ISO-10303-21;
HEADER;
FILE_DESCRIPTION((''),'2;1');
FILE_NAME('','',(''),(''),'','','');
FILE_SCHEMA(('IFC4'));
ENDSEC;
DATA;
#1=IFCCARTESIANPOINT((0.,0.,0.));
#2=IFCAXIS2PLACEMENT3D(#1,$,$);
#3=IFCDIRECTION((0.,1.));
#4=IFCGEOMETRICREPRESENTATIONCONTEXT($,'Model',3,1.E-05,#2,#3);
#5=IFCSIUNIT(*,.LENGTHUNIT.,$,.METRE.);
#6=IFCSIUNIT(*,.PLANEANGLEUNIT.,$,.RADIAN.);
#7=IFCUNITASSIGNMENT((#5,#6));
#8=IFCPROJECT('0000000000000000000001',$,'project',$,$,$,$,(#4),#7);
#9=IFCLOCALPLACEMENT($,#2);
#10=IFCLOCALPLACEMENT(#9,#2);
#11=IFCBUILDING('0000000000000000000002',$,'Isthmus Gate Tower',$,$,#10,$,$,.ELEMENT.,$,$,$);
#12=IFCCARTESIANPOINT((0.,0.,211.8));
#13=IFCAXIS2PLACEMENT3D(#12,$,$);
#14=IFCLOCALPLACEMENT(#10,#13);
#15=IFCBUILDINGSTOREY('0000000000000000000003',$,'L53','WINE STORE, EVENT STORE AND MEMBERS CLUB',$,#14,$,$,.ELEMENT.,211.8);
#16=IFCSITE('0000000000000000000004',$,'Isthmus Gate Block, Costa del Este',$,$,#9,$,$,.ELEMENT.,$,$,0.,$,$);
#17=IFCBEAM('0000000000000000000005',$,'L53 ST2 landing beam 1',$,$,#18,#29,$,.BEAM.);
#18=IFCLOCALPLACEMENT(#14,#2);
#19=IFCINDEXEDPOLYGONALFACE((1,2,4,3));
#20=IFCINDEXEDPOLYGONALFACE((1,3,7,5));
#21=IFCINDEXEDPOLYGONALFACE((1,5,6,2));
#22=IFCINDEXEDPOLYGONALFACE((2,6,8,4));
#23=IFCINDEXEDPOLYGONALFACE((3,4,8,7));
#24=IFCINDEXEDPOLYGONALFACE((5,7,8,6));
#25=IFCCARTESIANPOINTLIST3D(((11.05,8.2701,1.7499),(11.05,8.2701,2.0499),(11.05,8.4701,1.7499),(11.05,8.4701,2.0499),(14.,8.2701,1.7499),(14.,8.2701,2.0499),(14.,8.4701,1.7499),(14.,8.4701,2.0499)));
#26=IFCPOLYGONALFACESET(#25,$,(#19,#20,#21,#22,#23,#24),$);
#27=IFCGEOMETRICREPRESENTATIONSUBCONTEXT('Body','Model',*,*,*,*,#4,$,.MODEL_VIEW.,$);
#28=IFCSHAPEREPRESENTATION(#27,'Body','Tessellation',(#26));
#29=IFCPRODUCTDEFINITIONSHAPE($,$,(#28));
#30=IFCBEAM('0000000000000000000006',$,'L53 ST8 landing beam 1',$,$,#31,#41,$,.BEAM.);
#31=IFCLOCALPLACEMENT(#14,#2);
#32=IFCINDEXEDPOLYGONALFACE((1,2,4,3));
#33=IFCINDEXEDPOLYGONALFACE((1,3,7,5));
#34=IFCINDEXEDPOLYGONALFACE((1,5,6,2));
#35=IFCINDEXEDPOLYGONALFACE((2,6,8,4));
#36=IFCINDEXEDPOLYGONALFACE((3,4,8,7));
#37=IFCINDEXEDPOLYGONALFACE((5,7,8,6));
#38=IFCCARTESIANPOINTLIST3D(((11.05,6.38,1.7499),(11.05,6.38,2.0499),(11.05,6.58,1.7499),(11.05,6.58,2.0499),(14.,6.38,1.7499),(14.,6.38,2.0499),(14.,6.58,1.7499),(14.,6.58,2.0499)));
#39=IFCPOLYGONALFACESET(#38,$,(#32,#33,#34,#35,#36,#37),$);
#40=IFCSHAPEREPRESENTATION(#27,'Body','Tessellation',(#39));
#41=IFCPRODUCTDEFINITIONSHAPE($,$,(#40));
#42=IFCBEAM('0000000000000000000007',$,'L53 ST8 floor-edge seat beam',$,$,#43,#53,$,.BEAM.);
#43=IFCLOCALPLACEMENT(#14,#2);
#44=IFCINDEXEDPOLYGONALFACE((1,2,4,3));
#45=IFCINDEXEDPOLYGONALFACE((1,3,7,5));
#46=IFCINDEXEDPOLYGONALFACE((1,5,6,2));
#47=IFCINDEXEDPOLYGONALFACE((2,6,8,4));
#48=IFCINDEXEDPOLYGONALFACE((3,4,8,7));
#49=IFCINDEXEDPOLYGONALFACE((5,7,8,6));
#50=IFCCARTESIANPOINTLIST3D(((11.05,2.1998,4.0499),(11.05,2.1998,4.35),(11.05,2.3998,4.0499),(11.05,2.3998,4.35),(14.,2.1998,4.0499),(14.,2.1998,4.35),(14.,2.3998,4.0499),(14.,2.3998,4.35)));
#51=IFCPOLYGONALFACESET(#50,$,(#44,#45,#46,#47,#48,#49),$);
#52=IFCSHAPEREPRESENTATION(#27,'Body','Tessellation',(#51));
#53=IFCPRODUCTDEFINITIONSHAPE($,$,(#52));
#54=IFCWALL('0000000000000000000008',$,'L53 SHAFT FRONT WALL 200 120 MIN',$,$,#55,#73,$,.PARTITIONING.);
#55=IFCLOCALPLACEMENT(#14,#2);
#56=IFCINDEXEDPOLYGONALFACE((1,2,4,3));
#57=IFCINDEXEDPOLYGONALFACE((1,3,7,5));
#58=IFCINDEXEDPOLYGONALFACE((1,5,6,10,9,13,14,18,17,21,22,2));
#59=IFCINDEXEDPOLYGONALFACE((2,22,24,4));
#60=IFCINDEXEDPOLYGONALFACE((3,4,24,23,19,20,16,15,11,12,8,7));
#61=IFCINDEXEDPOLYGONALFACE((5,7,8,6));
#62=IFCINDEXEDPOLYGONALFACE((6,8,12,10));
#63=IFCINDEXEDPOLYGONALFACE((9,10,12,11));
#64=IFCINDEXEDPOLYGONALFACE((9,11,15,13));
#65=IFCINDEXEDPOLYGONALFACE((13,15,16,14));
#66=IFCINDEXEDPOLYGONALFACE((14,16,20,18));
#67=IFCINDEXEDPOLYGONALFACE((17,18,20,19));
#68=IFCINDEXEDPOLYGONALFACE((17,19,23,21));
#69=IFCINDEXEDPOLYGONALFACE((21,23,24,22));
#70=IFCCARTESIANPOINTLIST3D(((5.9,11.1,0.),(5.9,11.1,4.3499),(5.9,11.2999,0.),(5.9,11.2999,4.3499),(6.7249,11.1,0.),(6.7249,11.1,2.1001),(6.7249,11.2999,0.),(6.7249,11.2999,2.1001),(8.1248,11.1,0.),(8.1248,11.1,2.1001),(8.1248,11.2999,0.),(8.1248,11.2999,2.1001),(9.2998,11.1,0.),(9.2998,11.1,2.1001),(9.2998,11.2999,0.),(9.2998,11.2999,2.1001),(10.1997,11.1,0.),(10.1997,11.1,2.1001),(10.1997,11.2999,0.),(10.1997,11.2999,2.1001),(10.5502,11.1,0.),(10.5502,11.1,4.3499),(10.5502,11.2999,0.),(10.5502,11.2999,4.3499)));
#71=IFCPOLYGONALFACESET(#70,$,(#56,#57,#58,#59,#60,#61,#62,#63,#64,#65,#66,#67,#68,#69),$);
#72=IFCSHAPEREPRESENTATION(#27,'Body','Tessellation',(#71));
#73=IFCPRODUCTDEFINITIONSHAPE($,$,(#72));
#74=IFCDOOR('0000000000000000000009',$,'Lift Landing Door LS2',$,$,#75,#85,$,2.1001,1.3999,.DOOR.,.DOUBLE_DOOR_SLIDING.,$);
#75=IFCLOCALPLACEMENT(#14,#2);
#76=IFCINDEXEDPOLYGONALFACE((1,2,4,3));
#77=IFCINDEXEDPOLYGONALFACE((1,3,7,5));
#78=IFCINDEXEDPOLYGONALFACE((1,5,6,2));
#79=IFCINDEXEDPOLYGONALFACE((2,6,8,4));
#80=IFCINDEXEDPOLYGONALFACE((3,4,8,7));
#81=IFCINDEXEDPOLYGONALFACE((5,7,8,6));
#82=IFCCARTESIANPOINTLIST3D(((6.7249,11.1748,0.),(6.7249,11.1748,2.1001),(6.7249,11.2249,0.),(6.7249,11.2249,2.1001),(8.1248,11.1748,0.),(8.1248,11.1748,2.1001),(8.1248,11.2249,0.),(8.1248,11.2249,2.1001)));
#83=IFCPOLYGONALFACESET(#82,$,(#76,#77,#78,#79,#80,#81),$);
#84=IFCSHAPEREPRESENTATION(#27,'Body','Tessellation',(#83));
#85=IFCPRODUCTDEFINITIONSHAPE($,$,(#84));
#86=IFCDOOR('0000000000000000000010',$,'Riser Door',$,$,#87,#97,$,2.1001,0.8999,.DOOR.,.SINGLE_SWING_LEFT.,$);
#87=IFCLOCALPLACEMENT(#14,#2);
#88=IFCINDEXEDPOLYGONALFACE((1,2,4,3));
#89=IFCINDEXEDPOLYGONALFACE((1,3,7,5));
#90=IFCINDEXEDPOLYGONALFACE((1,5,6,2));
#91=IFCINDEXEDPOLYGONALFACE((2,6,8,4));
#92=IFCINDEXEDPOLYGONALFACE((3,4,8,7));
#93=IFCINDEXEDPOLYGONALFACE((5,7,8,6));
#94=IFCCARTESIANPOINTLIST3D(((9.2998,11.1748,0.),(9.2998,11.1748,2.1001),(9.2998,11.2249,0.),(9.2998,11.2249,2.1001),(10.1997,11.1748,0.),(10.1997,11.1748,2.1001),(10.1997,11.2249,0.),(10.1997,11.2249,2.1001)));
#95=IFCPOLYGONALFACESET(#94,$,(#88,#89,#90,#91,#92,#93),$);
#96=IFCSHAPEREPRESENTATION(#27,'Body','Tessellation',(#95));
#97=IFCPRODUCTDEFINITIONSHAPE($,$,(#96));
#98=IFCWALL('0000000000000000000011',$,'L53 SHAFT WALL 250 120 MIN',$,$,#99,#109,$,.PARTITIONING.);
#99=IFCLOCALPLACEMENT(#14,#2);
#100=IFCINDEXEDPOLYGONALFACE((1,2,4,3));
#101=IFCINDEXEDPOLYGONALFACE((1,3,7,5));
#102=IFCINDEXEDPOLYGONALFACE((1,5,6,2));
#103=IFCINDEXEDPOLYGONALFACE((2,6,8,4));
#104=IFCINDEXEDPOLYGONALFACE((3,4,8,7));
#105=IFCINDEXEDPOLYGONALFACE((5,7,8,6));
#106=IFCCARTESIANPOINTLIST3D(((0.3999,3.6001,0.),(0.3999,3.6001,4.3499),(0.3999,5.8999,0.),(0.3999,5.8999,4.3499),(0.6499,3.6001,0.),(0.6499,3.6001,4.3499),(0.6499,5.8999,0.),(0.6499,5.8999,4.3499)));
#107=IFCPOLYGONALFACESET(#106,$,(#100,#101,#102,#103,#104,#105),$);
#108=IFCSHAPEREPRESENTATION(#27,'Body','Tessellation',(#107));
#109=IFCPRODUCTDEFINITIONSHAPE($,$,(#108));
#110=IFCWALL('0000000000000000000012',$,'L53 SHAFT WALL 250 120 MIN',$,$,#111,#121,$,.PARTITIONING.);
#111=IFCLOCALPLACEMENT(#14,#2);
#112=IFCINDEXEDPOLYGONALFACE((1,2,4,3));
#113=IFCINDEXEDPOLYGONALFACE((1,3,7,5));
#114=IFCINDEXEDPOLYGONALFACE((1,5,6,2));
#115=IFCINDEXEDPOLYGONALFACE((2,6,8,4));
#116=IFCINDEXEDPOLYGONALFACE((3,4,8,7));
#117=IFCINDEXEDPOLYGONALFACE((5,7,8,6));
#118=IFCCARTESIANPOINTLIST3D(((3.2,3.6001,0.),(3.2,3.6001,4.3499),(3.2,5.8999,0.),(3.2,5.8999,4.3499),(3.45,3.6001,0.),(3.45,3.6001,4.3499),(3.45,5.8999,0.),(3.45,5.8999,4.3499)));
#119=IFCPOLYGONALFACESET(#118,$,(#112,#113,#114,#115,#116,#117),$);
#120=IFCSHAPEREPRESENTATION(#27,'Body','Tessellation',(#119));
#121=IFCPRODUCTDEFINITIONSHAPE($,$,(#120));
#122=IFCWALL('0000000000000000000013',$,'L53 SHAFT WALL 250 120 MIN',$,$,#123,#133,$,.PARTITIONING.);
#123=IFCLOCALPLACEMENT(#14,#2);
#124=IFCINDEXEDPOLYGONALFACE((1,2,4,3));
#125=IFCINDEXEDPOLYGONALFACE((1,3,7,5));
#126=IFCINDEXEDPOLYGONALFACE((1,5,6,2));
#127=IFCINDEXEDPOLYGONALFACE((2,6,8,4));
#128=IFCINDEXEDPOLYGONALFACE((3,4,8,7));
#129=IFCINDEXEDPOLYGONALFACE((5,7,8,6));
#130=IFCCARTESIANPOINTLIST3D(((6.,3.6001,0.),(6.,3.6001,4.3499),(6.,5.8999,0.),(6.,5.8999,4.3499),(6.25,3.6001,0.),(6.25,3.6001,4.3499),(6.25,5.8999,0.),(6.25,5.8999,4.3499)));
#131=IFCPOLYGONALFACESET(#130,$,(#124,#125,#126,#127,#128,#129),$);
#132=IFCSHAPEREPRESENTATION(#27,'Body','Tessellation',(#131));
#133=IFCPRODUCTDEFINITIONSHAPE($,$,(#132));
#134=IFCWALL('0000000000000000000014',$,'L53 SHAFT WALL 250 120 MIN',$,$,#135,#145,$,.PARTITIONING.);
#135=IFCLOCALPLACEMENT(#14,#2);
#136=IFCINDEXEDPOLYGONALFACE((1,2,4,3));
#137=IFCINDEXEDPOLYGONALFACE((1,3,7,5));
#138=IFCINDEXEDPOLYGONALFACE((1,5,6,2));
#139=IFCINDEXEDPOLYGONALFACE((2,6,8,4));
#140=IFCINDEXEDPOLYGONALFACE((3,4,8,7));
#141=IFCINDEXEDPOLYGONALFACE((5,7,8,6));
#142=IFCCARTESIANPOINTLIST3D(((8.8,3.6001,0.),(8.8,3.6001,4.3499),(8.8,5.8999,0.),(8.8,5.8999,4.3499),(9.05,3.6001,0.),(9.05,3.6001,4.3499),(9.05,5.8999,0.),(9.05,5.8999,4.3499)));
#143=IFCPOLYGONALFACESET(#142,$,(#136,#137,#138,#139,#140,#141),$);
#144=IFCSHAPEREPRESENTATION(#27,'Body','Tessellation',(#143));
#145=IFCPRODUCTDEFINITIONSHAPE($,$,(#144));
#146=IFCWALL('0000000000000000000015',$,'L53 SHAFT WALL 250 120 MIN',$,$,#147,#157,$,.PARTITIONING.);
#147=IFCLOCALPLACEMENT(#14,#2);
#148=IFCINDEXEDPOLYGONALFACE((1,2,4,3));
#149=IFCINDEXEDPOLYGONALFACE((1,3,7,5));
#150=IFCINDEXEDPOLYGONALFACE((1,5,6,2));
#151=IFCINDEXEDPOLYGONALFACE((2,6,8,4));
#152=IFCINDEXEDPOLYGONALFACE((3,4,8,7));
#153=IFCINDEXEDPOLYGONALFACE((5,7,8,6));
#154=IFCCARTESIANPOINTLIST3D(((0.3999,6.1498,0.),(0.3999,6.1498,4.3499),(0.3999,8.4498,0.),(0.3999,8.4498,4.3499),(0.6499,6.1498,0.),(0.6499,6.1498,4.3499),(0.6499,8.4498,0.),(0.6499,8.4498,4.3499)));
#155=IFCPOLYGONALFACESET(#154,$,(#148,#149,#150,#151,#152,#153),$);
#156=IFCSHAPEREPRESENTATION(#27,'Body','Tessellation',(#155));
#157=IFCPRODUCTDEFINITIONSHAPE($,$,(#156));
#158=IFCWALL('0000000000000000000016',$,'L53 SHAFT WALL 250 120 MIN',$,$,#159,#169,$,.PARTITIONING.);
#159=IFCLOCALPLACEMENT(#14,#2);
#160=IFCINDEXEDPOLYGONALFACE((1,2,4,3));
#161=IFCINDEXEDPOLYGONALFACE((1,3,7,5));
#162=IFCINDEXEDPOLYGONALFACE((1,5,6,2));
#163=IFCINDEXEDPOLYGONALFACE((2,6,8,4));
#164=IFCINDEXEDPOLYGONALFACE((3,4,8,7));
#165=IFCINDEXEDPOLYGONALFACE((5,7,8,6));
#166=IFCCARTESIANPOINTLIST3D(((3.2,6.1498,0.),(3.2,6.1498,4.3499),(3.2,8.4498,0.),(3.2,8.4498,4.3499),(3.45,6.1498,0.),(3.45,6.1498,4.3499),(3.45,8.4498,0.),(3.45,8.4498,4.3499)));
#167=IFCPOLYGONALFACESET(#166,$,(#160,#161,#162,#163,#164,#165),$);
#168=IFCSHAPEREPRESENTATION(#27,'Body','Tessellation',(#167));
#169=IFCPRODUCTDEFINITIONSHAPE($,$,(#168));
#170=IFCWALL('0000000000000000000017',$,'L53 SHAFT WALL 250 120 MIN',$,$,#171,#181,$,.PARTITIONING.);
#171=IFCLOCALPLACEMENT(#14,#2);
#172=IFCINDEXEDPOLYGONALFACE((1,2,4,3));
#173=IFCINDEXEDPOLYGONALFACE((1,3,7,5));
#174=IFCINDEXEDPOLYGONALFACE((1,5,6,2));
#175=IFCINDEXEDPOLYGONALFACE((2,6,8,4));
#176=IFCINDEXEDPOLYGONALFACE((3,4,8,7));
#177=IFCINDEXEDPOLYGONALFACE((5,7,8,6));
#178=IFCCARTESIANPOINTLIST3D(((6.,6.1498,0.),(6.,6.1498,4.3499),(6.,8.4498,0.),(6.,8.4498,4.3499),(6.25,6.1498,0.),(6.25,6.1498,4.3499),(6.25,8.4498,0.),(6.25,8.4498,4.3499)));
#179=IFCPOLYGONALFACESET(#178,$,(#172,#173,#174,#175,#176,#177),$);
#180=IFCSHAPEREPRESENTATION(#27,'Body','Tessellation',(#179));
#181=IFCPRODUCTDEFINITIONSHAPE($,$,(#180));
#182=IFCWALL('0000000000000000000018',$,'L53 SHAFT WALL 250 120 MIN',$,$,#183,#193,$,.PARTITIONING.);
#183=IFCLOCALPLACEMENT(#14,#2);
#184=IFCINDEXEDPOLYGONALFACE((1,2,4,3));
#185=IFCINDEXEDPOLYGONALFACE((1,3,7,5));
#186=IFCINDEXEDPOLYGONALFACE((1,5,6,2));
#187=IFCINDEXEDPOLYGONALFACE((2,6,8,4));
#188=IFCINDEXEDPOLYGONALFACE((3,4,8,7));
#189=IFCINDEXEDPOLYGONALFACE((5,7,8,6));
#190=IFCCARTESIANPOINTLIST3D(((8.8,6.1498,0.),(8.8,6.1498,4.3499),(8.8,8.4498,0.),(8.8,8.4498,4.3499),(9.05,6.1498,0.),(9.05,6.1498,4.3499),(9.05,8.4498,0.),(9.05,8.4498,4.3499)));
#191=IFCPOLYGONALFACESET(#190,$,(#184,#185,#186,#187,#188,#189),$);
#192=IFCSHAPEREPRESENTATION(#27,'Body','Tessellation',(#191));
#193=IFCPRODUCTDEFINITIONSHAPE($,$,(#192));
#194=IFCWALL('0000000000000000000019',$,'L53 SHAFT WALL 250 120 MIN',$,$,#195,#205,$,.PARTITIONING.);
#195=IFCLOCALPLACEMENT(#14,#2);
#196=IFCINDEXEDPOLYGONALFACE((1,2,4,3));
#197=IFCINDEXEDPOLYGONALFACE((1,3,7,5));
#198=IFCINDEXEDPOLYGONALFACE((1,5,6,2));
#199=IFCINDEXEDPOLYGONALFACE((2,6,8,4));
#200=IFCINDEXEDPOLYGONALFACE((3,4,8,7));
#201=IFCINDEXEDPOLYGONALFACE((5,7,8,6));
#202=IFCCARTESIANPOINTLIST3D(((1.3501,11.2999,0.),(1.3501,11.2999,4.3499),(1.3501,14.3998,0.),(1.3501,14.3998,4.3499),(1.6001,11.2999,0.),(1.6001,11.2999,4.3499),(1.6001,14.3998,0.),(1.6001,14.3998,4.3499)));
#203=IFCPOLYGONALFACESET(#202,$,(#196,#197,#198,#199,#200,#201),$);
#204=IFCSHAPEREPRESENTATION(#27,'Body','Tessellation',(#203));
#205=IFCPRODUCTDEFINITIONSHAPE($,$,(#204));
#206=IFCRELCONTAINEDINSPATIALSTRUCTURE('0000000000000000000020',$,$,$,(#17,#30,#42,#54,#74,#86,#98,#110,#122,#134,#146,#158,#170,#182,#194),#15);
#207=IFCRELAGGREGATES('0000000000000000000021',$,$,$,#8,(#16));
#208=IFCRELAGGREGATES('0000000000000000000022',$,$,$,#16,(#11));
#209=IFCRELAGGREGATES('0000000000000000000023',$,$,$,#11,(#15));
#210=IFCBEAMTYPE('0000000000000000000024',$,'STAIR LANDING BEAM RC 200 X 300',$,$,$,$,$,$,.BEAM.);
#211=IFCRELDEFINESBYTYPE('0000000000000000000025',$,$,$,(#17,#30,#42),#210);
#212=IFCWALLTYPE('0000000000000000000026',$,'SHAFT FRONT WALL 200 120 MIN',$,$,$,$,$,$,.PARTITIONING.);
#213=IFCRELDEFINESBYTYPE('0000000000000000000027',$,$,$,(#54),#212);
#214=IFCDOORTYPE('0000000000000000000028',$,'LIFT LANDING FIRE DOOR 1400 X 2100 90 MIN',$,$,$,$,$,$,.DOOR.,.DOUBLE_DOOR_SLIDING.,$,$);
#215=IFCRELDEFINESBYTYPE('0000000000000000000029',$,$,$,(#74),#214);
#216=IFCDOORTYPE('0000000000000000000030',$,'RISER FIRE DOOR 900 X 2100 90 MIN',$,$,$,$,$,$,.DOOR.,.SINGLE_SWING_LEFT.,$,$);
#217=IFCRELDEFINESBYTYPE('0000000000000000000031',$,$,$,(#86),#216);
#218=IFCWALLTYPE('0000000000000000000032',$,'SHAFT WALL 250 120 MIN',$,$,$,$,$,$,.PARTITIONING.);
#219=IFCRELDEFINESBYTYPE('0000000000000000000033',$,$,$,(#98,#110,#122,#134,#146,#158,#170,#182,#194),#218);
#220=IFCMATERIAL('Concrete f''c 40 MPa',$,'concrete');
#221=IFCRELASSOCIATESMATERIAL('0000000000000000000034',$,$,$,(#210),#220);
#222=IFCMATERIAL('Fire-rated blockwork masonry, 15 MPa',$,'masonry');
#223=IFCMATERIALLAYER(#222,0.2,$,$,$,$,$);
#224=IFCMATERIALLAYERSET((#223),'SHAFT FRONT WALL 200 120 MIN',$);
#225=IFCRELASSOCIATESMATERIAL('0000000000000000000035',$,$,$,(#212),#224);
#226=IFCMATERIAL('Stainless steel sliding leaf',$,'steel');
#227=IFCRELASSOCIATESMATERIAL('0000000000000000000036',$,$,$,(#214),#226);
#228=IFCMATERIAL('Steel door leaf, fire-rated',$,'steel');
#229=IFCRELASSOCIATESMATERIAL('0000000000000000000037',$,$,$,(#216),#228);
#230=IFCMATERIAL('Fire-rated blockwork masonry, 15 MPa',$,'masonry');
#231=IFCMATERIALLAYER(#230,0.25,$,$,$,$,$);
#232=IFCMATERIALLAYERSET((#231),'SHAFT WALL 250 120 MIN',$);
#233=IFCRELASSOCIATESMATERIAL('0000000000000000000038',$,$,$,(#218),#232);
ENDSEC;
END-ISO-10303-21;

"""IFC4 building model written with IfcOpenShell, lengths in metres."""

from ifc_helpers import new_model, si_unit, direction, frame, frame_2d, origin, origin_2d, place, context, subcontext, project, spatial, rectangle, extrude, material, layer, layer_set, material_profile, profile_set, type_object, element, fill, save


model = new_model("IFC4")

# Units and contexts
model_context = context("Model", 3, precision=1e-05, world=origin(), true_north=direction((0.0, 1.0)))
body_context = subcontext(model_context, "Body", "Model", "MODEL_VIEW")
ifc_project = project(units=[si_unit("LENGTHUNIT", "METRE"), si_unit("PLANEANGLEUNIT", "RADIAN")], contexts=[model_context])

# Site, building, storey
site_placement = place(None, origin())
site = spatial("IfcSite", under=ifc_project, at=site_placement, Name="Isthmus Gate Block, Costa del Este", CompositionType="ELEMENT", RefElevation=0.0)
building_placement = place(site_placement, origin())
building = spatial("IfcBuilding", under=site, at=building_placement, Name="Isthmus Gate Tower", CompositionType="ELEMENT")
storey_placement = place(building_placement, frame((0.0, 0.0, 211.8)))
storey = spatial("IfcBuildingStorey", under=building, at=storey_placement, Name="L53", Description="WINE STORE, EVENT STORE AND MEMBERS CLUB", CompositionType="ELEMENT", Elevation=211.8)

# Beams
ifc_material_1 = material(Name="Concrete f'c 40 MPa", Category="concrete")
ifc_material_profile = material_profile(ifc_material_1, rectangle(XDim=0.2, YDim=0.3, at=origin_2d()), Name="STAIR LANDING BEAM RC 200 X 300")
ifc_profile_set = profile_set([ifc_material_profile], Name="Concrete f'c 40 MPa")
beam_type = type_object("IfcBeamType", Name="STAIR LANDING BEAM RC 200 X 300", PredefinedType="BEAM", material=ifc_profile_set)
for number, where, z_axis, x_axis, name in (
    (1, (11.05, 8.3701, 1.8999), (1.0, 0.0, 0.0), (0.0, 1.0, 0.0), "L53 ST2 landing beam 1"),
    (2, (11.05, 6.48, 1.8999), (1.0, 0.0, 0.0), (0.0, 1.0, 0.0), "L53 ST8 landing beam 1"),
    (3, (11.05, 2.2998, 4.2), (1.0, 0.0, 0.0), (0.0, 1.0, 0.0), "L53 ST8 floor-edge seat beam"),
):
    element("IfcBeam", number, at=place(storey_placement, frame(where, z_axis=z_axis, x_axis=x_axis)), inside=storey, type_object=beam_type, Name=name, PredefinedType="BEAM", context=body_context, shape_type="SweptSolid", body=[
        extrude(rectangle(XDim=0.2, YDim=0.3, at=origin_2d()), origin(), (0.0, 0.0, 1.0), 2.95),
    ])

# Wall, openings, doors
ifc_material_2 = material(Name="Fire-rated blockwork masonry, 15 MPa", Category="masonry")
ifc_layer_1 = layer(ifc_material_2, 0.2)
ifc_layer_set_1 = layer_set([ifc_layer_1], Name="SHAFT FRONT WALL 200 120 MIN")
wall_type_1 = type_object("IfcWallType", Name="SHAFT FRONT WALL 200 120 MIN", PredefinedType="PARTITIONING", material=ifc_layer_set_1)
wall_1_placement = place(storey_placement, frame((5.8999, 11.2, 0.0), z_axis=(0.0, 0.0, 1.0), x_axis=(1.0, 0.0, 0.0)))
wall_1 = element("IfcWall", 4, at=wall_1_placement, inside=storey, type_object=wall_type_1, Name="L53 SHAFT FRONT WALL 200 120 MIN", PredefinedType="PARTITIONING", context=body_context, shape_type="SweptSolid", body=[
    extrude(rectangle(XDim=4.6501, YDim=0.2, at=frame_2d((2.3252, 0.0))), origin(), (0.0, 0.0, 1.0), 4.3499),
])
opening_1_placement = place(wall_1_placement, frame((0.825, 0.0, 0.0)))
opening_1 = element("IfcOpeningElement", 5, at=opening_1_placement, cuts=wall_1, PredefinedType="OPENING", context=body_context, shape_type="SweptSolid", body=[
    extrude(rectangle(XDim=1.3999, YDim=2.1001, at=frame_2d((0.7, 1.05))), frame((0.0, 0.1099, 0.0), z_axis=(0.0, -1.0, 0.0), x_axis=(1.0, 0.0, 0.0)), (0.0, 0.0, 1.0), 0.22),
])
opening_2_placement = place(wall_1_placement, frame((3.3999, 0.0, 0.0)))
opening_2 = element("IfcOpeningElement", 6, at=opening_2_placement, cuts=wall_1, PredefinedType="OPENING", context=body_context, shape_type="SweptSolid", body=[
    extrude(rectangle(XDim=0.8999, YDim=2.1001, at=frame_2d((0.45, 1.05))), frame((0.0, 0.1099, 0.0), z_axis=(0.0, -1.0, 0.0), x_axis=(1.0, 0.0, 0.0)), (0.0, 0.0, 1.0), 0.22),
])
ifc_material_3 = material(Name="Stainless steel sliding leaf", Category="steel")
door_type_1 = type_object("IfcDoorType", Name="LIFT LANDING FIRE DOOR 1400 X 2100 90 MIN", OperationType="DOUBLE_DOOR_SLIDING", PredefinedType="DOOR", material=ifc_material_3)
door_1_placement = place(opening_1_placement, origin())
door_1 = element("IfcDoor", 7, at=door_1_placement, inside=storey, type_object=door_type_1, Name="Lift Landing Door LS2", OperationType="DOUBLE_DOOR_SLIDING", OverallHeight=2.1001, OverallWidth=1.3999, PredefinedType="DOOR", context=body_context, shape_type="SweptSolid", body=[
    extrude(rectangle(XDim=1.3999, YDim=2.1001, at=frame_2d((0.7, 1.05))), frame((0.0, 0.0249, 0.0), z_axis=(0.0, -1.0, 0.0), x_axis=(1.0, 0.0, 0.0)), (0.0, 0.0, 1.0), 0.05),
])
fill(opening_1, door_1)
ifc_material_4 = material(Name="Steel door leaf, fire-rated", Category="steel")
door_type_2 = type_object("IfcDoorType", Name="RISER FIRE DOOR 900 X 2100 90 MIN", OperationType="SINGLE_SWING_LEFT", PredefinedType="DOOR", material=ifc_material_4)
door_2_placement = place(opening_2_placement, origin())
door_2 = element("IfcDoor", 8, at=door_2_placement, inside=storey, type_object=door_type_2, Name="Riser Door", OperationType="SINGLE_SWING_LEFT", OverallHeight=2.1001, OverallWidth=0.8999, PredefinedType="DOOR", context=body_context, shape_type="SweptSolid", body=[
    extrude(rectangle(XDim=0.8999, YDim=2.1001, at=frame_2d((0.45, 1.05))), frame((0.0, 0.0249, 0.0), z_axis=(0.0, -1.0, 0.0), x_axis=(1.0, 0.0, 0.0)), (0.0, 0.0, 1.0), 0.05),
])
fill(opening_2, door_2)

# Walls
ifc_material_5 = material(Name="Fire-rated blockwork masonry, 15 MPa", Category="masonry")
ifc_layer_2 = layer(ifc_material_5, 0.25)
ifc_layer_set_2 = layer_set([ifc_layer_2], Name="SHAFT WALL 250 120 MIN")
wall_type_2 = type_object("IfcWallType", Name="SHAFT WALL 250 120 MIN", PredefinedType="PARTITIONING", material=ifc_layer_set_2)
for number, where, z_axis, x_axis, name in (
    (9, (0.5249, 3.6001, 0.0), (0.0, 0.0, 1.0), (0.0, 1.0, 0.0), "L53 SHAFT WALL 250 120 MIN"),
    (10, (3.325, 3.6001, 0.0), (0.0, 0.0, 1.0), (0.0, 1.0, 0.0), "L53 SHAFT WALL 250 120 MIN"),
    (11, (6.125, 3.6001, 0.0), (0.0, 0.0, 1.0), (0.0, 1.0, 0.0), "L53 SHAFT WALL 250 120 MIN"),
    (12, (8.925, 3.6001, 0.0), (0.0, 0.0, 1.0), (0.0, 1.0, 0.0), "L53 SHAFT WALL 250 120 MIN"),
):
    element("IfcWall", number, at=place(storey_placement, frame(where, z_axis=z_axis, x_axis=x_axis)), inside=storey, type_object=wall_type_2, Name=name, PredefinedType="PARTITIONING", context=body_context, shape_type="SweptSolid", body=[
        extrude(rectangle(XDim=2.2998, YDim=0.25, at=frame_2d((1.1499, 0.0))), origin(), (0.0, 0.0, 1.0), 4.3499),
    ])
for number, where, z_axis, x_axis, name in (
    (13, (0.5249, 6.1499, 0.0), (0.0, 0.0, 1.0), (0.0, 1.0, 0.0), "L53 SHAFT WALL 250 120 MIN"),
    (14, (3.325, 6.1499, 0.0), (0.0, 0.0, 1.0), (0.0, 1.0, 0.0), "L53 SHAFT WALL 250 120 MIN"),
    (15, (6.125, 6.1499, 0.0), (0.0, 0.0, 1.0), (0.0, 1.0, 0.0), "L53 SHAFT WALL 250 120 MIN"),
    (16, (8.925, 6.1499, 0.0), (0.0, 0.0, 1.0), (0.0, 1.0, 0.0), "L53 SHAFT WALL 250 120 MIN"),
):
    element("IfcWall", number, at=place(storey_placement, frame(where, z_axis=z_axis, x_axis=x_axis)), inside=storey, type_object=wall_type_2, Name=name, PredefinedType="PARTITIONING", context=body_context, shape_type="SweptSolid", body=[
        extrude(rectangle(XDim=2.3, YDim=0.25, at=frame_2d((1.1499, 0.0))), origin(), (0.0, 0.0, 1.0), 4.3499),
    ])
for number, where, z_axis, x_axis, name in (
    (17, (1.4751, 11.3, 0.0), (0.0, 0.0, 1.0), (0.0, 1.0, 0.0), "L53 SHAFT WALL 250 120 MIN"),
):
    element("IfcWall", number, at=place(storey_placement, frame(where, z_axis=z_axis, x_axis=x_axis)), inside=storey, type_object=wall_type_2, Name=name, PredefinedType="PARTITIONING", context=body_context, shape_type="SweptSolid", body=[
        extrude(rectangle(XDim=3.0999, YDim=0.25, at=frame_2d((1.5498, 0.0))), origin(), (0.0, 0.0, 1.0), 4.3499),
    ])

save(model, "model.ifc")
